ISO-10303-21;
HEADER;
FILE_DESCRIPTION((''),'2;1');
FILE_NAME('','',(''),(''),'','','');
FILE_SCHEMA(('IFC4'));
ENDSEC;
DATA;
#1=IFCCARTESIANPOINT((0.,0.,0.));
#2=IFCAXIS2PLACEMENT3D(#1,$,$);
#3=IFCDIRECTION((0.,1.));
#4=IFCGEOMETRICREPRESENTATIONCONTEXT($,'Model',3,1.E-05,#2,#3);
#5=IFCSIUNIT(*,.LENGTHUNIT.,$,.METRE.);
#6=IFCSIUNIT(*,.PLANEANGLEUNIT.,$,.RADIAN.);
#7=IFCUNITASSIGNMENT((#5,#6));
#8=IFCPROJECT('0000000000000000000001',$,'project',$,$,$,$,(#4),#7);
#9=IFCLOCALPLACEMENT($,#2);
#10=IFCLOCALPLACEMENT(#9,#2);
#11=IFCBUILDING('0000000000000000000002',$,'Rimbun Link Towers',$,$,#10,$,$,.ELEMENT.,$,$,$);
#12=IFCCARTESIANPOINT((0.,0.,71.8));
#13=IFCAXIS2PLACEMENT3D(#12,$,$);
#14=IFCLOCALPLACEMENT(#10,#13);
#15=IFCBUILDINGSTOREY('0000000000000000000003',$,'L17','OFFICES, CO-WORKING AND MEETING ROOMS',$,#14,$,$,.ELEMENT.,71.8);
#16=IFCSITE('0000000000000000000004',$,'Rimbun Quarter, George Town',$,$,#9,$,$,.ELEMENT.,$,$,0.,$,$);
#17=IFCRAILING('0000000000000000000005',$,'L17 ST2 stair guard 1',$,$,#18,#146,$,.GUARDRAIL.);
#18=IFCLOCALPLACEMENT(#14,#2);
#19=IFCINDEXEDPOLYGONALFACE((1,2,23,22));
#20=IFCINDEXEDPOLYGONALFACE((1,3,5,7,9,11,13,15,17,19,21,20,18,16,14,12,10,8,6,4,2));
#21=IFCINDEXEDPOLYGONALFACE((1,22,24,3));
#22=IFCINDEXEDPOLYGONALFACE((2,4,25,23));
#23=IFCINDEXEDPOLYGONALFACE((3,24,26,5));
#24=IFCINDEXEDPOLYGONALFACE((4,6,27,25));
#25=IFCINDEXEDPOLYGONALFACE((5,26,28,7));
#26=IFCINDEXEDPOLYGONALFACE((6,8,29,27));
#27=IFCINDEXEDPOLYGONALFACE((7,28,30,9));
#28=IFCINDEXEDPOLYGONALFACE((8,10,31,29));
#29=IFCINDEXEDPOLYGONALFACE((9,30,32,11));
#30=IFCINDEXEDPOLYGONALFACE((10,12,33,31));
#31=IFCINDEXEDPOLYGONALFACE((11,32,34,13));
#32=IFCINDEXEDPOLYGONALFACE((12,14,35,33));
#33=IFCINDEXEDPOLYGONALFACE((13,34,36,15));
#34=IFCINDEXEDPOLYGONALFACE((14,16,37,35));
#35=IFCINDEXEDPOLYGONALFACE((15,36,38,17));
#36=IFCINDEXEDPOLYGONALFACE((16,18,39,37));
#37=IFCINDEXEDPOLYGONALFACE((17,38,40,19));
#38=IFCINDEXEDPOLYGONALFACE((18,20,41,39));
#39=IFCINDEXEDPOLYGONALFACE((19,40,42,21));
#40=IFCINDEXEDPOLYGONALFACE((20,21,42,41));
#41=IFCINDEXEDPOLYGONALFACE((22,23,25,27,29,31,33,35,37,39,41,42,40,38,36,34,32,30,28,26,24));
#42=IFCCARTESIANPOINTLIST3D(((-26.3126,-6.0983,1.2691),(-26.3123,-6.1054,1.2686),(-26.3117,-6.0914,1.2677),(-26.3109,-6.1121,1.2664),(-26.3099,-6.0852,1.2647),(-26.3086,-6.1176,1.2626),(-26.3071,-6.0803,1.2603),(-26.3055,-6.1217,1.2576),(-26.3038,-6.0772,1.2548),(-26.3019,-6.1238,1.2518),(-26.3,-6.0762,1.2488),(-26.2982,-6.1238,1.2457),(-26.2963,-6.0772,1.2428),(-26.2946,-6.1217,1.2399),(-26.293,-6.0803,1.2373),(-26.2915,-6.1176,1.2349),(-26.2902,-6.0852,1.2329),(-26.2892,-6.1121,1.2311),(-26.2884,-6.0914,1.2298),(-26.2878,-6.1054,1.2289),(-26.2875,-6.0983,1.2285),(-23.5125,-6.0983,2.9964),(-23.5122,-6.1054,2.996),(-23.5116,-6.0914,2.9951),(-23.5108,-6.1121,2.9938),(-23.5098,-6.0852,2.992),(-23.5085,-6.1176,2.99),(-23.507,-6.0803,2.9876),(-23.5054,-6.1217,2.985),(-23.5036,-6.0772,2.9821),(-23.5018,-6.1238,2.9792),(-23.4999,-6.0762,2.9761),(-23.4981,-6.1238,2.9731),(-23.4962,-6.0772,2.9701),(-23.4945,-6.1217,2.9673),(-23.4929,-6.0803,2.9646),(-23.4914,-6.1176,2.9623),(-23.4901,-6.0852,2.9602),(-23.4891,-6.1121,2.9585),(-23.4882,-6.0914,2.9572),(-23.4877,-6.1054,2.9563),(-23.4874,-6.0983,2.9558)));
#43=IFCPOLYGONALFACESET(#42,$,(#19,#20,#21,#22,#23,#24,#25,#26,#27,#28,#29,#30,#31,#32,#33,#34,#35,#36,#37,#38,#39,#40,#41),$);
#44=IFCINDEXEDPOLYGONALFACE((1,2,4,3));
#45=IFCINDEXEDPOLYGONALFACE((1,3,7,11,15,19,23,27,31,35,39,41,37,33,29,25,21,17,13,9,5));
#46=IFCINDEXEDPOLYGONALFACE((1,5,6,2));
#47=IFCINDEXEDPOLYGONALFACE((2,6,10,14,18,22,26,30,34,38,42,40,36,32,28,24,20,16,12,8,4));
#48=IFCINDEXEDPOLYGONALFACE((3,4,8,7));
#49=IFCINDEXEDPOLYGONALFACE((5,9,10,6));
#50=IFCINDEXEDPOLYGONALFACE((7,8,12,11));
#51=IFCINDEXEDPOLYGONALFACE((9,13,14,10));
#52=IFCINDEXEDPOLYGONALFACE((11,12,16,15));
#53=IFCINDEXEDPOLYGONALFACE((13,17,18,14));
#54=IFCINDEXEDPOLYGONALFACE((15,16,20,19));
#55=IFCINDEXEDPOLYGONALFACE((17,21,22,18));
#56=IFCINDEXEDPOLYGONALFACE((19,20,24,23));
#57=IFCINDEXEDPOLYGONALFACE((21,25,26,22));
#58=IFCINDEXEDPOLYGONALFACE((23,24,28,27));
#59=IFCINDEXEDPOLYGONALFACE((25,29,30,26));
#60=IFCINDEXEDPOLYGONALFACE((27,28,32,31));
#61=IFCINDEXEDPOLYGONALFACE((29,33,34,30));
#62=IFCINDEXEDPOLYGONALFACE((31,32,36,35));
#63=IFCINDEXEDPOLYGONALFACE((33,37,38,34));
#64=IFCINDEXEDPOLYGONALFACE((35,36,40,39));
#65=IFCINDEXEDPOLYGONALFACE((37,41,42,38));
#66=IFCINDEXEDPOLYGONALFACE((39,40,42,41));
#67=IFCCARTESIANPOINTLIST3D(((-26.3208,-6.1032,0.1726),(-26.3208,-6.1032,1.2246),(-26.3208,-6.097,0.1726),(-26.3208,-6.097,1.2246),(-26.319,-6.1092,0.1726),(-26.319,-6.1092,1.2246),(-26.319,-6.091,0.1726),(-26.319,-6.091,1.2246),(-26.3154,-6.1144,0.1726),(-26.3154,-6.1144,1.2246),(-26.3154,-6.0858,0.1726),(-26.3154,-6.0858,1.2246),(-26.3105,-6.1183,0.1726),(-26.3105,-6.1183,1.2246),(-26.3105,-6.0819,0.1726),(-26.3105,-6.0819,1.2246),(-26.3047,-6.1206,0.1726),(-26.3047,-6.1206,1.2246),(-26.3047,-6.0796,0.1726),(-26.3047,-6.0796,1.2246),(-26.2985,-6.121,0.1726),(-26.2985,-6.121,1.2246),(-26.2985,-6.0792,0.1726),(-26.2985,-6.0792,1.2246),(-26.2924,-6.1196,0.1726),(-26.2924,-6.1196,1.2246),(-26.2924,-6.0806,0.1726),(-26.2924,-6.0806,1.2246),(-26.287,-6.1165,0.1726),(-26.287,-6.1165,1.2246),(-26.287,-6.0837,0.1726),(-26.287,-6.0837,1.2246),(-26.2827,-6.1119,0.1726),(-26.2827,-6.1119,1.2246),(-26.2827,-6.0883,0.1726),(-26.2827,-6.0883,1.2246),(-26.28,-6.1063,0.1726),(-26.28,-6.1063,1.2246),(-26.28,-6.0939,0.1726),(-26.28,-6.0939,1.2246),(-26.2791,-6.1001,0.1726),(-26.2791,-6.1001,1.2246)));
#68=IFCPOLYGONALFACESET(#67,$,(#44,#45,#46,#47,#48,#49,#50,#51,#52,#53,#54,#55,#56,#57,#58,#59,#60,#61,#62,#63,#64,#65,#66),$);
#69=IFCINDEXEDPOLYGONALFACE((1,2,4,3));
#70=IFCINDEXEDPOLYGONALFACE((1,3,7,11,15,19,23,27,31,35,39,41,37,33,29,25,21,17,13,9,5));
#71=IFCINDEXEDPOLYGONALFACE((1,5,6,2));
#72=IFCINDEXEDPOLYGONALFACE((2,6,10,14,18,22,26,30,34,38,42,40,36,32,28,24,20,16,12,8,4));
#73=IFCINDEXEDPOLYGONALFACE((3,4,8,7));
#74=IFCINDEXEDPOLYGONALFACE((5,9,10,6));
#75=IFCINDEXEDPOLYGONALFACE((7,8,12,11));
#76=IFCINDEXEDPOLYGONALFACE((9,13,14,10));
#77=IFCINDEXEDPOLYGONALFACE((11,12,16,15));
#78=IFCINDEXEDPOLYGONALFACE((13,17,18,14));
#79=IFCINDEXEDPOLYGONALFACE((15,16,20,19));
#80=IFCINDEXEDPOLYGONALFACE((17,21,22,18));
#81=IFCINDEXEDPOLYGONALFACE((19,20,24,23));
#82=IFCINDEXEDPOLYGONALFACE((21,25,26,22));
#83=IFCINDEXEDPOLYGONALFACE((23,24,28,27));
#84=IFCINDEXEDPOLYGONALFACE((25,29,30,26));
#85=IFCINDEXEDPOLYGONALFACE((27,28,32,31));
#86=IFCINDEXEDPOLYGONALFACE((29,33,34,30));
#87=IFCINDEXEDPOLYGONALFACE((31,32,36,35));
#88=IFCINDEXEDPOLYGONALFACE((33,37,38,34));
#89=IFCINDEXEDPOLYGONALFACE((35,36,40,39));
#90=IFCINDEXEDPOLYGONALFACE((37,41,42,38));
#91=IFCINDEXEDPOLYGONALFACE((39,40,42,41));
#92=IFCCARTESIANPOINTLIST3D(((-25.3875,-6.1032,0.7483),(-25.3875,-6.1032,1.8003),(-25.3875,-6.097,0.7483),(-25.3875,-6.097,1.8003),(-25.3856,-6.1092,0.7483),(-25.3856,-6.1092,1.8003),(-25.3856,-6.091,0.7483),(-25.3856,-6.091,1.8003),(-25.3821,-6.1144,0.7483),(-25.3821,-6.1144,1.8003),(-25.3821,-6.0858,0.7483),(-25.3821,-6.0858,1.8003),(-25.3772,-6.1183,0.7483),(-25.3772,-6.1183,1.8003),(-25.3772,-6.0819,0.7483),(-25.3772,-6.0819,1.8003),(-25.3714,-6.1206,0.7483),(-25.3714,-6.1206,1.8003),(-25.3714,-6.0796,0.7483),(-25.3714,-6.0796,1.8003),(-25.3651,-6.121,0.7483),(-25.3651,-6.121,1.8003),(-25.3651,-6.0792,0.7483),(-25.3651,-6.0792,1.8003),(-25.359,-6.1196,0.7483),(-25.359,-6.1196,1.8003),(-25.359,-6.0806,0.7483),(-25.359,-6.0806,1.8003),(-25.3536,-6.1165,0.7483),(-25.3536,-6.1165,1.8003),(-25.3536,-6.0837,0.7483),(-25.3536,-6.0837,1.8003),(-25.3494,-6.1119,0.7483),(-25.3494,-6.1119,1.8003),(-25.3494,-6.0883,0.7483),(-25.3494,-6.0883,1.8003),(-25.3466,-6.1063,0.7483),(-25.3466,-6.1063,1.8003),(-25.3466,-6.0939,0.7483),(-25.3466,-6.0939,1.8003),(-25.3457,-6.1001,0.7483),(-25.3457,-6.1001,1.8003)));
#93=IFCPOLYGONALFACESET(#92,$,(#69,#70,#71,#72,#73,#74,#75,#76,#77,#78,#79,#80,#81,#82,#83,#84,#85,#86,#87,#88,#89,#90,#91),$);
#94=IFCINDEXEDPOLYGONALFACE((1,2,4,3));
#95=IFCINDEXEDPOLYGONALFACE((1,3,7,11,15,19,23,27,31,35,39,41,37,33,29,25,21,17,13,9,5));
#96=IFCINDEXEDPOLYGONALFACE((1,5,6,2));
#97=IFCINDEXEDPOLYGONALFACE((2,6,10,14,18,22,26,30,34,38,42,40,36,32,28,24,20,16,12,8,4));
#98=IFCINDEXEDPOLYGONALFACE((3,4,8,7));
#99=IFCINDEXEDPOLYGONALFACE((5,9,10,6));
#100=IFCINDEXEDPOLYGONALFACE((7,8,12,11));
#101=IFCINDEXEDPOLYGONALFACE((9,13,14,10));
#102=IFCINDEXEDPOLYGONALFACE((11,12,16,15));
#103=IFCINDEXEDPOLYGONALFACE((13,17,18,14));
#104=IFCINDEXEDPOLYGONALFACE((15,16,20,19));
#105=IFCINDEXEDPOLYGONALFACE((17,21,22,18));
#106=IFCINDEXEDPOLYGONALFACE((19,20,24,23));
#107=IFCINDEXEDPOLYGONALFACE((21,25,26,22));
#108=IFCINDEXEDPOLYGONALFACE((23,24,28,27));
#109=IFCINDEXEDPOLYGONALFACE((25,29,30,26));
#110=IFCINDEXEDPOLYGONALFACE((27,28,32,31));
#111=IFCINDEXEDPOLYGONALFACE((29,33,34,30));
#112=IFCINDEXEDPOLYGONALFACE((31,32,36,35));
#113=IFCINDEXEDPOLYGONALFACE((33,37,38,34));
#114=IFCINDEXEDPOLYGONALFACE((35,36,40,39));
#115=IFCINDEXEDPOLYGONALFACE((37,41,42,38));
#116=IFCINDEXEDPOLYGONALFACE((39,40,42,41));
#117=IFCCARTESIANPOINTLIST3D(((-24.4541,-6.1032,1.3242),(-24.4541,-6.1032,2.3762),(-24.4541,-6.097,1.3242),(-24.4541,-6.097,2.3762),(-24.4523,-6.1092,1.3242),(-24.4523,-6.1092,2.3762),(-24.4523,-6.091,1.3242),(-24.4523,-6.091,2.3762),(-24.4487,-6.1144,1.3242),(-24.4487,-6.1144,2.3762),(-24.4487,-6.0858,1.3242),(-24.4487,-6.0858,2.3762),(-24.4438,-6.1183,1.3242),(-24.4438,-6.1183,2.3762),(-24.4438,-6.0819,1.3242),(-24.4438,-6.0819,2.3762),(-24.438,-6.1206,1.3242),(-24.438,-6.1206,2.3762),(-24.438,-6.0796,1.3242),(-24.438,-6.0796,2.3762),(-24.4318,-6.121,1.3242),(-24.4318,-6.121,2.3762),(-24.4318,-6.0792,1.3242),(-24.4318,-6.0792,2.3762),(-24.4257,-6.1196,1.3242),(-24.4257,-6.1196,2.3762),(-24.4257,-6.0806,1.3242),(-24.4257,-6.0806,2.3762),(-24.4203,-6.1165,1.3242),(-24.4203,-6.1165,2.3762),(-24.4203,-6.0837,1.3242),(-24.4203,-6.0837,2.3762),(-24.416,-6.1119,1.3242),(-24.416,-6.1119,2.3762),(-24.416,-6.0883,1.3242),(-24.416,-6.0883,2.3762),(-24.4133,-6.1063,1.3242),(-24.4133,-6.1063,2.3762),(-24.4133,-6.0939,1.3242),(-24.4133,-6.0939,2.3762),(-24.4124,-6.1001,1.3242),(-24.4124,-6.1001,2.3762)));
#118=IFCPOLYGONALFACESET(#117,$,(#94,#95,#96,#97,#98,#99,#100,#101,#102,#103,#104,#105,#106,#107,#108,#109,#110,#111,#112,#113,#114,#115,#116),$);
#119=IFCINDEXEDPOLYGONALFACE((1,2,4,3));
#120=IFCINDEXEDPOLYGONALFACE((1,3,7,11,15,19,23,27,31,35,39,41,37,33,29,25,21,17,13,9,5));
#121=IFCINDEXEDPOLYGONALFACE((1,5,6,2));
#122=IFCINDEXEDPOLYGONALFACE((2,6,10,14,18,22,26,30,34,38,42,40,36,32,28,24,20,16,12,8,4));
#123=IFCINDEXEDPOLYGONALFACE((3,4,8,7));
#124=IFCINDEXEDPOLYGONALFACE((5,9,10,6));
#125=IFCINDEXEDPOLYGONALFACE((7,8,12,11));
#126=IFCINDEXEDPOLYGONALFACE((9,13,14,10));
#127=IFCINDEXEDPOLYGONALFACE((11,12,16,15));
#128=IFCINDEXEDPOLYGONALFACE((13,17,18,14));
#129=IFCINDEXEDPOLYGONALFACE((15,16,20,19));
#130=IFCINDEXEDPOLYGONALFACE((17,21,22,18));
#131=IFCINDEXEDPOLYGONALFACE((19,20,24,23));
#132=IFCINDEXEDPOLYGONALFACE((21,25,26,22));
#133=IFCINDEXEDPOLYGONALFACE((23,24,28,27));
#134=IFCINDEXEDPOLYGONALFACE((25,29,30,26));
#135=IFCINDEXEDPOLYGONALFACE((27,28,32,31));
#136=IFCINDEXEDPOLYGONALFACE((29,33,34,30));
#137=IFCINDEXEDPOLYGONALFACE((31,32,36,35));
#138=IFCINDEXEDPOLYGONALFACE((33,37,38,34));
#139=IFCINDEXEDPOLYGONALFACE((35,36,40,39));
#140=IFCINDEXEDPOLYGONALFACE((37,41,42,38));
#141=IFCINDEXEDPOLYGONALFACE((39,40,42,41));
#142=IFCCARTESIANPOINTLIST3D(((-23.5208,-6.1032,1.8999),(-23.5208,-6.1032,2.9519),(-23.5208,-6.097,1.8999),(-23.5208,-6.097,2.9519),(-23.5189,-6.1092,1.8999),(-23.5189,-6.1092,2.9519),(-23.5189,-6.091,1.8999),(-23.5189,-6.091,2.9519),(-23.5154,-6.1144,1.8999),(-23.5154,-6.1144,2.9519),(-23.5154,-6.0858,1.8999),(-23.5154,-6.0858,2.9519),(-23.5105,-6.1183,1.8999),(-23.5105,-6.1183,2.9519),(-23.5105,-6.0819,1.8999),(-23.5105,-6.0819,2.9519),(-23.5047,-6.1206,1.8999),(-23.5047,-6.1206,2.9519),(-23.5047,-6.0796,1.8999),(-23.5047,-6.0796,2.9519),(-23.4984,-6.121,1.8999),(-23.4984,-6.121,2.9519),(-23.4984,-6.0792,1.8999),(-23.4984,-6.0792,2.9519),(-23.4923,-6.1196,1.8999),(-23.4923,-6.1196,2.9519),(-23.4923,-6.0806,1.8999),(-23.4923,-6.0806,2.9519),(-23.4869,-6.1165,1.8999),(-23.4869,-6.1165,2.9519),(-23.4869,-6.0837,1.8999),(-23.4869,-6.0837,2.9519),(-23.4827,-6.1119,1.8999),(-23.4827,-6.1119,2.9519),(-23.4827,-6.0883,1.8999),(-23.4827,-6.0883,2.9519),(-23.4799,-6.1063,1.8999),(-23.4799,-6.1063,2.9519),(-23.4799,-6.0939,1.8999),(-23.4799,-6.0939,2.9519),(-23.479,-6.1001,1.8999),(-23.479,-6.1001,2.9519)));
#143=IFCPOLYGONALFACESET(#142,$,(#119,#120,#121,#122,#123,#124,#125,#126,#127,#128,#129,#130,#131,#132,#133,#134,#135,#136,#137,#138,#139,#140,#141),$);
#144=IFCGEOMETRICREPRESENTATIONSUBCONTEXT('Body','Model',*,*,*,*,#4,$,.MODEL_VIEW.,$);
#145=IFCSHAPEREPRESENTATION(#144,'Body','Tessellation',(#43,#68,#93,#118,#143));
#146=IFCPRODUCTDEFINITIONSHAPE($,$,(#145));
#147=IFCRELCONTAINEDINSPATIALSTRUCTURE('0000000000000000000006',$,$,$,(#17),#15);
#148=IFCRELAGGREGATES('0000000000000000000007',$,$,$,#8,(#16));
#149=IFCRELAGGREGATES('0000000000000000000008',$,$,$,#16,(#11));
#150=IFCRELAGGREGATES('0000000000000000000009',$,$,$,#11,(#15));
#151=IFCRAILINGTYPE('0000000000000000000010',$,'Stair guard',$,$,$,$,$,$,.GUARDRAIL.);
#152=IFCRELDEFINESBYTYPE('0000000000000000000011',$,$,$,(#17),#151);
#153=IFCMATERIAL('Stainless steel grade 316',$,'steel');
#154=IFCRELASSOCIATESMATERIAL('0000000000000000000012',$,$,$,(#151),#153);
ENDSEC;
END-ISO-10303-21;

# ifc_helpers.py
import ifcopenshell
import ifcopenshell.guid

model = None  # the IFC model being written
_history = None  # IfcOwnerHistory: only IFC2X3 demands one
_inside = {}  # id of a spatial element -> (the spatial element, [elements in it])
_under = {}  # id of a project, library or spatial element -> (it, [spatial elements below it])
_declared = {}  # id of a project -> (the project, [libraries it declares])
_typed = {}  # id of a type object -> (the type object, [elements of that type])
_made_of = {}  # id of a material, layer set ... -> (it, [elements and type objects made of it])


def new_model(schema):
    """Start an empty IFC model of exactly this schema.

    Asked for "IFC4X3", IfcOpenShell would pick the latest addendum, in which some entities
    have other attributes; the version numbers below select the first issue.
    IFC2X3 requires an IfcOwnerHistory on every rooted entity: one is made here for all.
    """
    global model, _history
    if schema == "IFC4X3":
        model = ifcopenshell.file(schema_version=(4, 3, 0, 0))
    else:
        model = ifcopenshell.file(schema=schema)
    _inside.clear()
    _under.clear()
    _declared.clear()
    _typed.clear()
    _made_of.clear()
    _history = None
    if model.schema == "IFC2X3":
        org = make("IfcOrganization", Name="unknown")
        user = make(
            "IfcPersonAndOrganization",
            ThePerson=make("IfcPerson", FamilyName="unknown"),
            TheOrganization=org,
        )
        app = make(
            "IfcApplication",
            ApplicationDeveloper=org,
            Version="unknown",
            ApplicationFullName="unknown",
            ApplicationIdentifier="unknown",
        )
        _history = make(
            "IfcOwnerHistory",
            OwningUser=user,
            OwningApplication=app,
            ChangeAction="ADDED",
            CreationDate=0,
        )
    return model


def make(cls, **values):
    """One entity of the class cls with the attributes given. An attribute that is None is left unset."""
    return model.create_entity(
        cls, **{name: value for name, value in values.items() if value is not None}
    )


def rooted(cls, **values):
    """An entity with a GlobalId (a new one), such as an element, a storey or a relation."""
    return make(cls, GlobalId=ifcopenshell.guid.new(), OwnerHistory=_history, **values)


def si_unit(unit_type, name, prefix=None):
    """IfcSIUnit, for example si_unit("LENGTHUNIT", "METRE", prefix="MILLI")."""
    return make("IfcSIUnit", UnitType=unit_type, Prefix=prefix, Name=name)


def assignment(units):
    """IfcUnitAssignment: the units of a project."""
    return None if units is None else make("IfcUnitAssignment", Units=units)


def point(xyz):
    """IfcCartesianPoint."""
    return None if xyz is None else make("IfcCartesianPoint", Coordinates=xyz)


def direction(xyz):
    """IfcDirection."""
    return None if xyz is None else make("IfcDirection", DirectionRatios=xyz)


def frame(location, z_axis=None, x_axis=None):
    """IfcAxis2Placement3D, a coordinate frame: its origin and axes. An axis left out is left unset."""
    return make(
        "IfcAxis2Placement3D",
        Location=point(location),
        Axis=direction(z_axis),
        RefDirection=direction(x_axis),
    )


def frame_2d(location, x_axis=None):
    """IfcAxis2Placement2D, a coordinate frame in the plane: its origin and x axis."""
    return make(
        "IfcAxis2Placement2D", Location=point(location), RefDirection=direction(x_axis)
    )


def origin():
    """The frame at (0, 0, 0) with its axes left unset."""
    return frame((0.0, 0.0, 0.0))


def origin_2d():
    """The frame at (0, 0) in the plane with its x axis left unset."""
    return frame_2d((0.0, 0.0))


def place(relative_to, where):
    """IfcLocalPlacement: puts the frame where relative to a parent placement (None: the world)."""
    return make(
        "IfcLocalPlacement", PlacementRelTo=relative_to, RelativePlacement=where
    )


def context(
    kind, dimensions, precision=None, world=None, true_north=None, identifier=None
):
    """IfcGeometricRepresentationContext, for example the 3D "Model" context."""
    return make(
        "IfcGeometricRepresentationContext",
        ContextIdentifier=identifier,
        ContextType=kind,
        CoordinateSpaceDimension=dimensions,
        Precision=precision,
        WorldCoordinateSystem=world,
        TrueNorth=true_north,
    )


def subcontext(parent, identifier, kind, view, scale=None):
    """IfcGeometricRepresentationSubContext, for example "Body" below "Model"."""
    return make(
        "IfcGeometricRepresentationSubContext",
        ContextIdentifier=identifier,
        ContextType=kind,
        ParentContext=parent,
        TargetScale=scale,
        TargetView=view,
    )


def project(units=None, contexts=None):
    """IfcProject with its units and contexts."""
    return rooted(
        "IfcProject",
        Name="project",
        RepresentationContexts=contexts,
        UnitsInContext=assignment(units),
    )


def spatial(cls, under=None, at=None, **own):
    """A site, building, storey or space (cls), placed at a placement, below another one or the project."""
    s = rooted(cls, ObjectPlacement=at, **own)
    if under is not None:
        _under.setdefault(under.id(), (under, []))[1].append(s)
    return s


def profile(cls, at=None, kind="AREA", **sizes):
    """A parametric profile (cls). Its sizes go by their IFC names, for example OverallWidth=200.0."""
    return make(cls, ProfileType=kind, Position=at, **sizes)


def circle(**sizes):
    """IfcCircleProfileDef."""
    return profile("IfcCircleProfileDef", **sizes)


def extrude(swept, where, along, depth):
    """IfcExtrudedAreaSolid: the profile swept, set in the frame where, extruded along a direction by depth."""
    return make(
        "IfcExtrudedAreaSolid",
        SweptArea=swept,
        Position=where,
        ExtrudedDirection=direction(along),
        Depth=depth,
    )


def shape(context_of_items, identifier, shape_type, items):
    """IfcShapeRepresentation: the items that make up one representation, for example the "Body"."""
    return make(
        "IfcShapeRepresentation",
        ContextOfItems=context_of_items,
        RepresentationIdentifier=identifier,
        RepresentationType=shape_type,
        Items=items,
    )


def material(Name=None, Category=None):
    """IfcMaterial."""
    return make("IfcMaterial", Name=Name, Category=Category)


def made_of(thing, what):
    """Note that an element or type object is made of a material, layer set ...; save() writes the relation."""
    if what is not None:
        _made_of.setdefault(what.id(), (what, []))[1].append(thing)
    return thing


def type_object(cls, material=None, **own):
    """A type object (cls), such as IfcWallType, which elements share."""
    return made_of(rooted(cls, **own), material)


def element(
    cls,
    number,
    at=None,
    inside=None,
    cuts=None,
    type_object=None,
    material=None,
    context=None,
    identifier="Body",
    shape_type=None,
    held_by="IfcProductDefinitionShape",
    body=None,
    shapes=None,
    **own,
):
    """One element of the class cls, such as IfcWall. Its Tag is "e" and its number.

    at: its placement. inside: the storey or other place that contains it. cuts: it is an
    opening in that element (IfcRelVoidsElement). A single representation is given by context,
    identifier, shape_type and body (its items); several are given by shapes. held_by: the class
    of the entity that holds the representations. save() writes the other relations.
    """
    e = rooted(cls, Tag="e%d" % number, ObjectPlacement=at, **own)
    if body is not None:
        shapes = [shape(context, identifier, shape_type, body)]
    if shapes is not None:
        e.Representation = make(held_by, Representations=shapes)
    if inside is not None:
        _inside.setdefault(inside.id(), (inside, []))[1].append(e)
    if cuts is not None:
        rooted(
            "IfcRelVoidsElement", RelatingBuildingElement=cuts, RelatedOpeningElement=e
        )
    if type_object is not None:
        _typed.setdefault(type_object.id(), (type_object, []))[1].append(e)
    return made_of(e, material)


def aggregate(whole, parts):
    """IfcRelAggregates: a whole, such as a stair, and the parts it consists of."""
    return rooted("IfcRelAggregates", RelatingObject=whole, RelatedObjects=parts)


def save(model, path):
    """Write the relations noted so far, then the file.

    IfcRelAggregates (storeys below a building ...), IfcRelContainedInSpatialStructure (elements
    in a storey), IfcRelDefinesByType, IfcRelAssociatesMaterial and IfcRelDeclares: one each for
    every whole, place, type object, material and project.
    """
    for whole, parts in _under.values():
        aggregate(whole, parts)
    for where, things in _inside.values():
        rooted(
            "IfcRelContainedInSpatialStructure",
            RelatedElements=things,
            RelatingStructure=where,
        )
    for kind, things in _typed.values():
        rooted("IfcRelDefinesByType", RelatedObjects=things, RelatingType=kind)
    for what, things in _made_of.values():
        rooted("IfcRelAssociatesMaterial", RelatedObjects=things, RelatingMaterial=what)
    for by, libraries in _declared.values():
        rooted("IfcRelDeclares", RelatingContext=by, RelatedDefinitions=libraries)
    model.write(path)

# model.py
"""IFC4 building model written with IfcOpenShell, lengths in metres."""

from ifc_helpers import new_model, si_unit, direction, frame, origin, origin_2d, place, context, subcontext, project, spatial, circle, extrude, material, type_object, element, save


model = new_model("IFC4")

# Units and contexts
model_context = context("Model", 3, precision=1e-05, world=origin(), true_north=direction((0.0, 1.0)))
body_context = subcontext(model_context, "Body", "Model", "MODEL_VIEW")
ifc_project = project(units=[si_unit("LENGTHUNIT", "METRE"), si_unit("PLANEANGLEUNIT", "RADIAN")], contexts=[model_context])

# Site, building, storey
site_placement = place(None, origin())
site = spatial("IfcSite", under=ifc_project, at=site_placement, Name="Rimbun Quarter, George Town", CompositionType="ELEMENT", RefElevation=0.0)
building_placement = place(site_placement, origin())
building = spatial("IfcBuilding", under=site, at=building_placement, Name="Rimbun Link Towers", CompositionType="ELEMENT")
storey_placement = place(building_placement, frame((0.0, 0.0, 71.8)))
storey = spatial("IfcBuildingStorey", under=building, at=storey_placement, Name="L17", Description="OFFICES, CO-WORKING AND MEETING ROOMS", CompositionType="ELEMENT", Elevation=71.8)

# Railing
ifc_material_1 = material(Name="Stainless steel grade 316", Category="steel")
railing_type_1 = type_object("IfcRailingType", Name="Stair guard", PredefinedType="GUARDRAIL", material=ifc_material_1)
railing_1_placement = place(storey_placement, frame((-26.3, -6.1001, 0.1726)))
element("IfcRailing", 1, at=railing_1_placement, inside=storey, type_object=railing_type_1, Name="L17 ST2 stair guard 1", PredefinedType="GUARDRAIL", context=body_context, shape_type="SweptSolid", body=[
    extrude(circle(Radius=0.0239, at=origin_2d()), frame((0.0, 0.0, 1.0762), z_axis=(0.85109, 0.0, 0.52502), x_axis=(0.0, 1.0, 0.0)), (0.0, 0.0, 1.0), 3.29),
    extrude(circle(Radius=0.021, at=origin_2d()), origin(), (0.0, 0.0, 1.0), 1.052),
    extrude(circle(Radius=0.021, at=origin_2d()), frame((0.9333, 0.0, 0.5757)), (0.0, 0.0, 1.0), 1.052),
    extrude(circle(Radius=0.021, at=origin_2d()), frame((1.8667, 0.0, 1.1516)), (0.0, 0.0, 1.0), 1.052),
    extrude(circle(Radius=0.021, at=origin_2d()), frame((2.8, 0.0, 1.7273)), (0.0, 0.0, 1.0), 1.052),
])

save(model, "model.ifc")
